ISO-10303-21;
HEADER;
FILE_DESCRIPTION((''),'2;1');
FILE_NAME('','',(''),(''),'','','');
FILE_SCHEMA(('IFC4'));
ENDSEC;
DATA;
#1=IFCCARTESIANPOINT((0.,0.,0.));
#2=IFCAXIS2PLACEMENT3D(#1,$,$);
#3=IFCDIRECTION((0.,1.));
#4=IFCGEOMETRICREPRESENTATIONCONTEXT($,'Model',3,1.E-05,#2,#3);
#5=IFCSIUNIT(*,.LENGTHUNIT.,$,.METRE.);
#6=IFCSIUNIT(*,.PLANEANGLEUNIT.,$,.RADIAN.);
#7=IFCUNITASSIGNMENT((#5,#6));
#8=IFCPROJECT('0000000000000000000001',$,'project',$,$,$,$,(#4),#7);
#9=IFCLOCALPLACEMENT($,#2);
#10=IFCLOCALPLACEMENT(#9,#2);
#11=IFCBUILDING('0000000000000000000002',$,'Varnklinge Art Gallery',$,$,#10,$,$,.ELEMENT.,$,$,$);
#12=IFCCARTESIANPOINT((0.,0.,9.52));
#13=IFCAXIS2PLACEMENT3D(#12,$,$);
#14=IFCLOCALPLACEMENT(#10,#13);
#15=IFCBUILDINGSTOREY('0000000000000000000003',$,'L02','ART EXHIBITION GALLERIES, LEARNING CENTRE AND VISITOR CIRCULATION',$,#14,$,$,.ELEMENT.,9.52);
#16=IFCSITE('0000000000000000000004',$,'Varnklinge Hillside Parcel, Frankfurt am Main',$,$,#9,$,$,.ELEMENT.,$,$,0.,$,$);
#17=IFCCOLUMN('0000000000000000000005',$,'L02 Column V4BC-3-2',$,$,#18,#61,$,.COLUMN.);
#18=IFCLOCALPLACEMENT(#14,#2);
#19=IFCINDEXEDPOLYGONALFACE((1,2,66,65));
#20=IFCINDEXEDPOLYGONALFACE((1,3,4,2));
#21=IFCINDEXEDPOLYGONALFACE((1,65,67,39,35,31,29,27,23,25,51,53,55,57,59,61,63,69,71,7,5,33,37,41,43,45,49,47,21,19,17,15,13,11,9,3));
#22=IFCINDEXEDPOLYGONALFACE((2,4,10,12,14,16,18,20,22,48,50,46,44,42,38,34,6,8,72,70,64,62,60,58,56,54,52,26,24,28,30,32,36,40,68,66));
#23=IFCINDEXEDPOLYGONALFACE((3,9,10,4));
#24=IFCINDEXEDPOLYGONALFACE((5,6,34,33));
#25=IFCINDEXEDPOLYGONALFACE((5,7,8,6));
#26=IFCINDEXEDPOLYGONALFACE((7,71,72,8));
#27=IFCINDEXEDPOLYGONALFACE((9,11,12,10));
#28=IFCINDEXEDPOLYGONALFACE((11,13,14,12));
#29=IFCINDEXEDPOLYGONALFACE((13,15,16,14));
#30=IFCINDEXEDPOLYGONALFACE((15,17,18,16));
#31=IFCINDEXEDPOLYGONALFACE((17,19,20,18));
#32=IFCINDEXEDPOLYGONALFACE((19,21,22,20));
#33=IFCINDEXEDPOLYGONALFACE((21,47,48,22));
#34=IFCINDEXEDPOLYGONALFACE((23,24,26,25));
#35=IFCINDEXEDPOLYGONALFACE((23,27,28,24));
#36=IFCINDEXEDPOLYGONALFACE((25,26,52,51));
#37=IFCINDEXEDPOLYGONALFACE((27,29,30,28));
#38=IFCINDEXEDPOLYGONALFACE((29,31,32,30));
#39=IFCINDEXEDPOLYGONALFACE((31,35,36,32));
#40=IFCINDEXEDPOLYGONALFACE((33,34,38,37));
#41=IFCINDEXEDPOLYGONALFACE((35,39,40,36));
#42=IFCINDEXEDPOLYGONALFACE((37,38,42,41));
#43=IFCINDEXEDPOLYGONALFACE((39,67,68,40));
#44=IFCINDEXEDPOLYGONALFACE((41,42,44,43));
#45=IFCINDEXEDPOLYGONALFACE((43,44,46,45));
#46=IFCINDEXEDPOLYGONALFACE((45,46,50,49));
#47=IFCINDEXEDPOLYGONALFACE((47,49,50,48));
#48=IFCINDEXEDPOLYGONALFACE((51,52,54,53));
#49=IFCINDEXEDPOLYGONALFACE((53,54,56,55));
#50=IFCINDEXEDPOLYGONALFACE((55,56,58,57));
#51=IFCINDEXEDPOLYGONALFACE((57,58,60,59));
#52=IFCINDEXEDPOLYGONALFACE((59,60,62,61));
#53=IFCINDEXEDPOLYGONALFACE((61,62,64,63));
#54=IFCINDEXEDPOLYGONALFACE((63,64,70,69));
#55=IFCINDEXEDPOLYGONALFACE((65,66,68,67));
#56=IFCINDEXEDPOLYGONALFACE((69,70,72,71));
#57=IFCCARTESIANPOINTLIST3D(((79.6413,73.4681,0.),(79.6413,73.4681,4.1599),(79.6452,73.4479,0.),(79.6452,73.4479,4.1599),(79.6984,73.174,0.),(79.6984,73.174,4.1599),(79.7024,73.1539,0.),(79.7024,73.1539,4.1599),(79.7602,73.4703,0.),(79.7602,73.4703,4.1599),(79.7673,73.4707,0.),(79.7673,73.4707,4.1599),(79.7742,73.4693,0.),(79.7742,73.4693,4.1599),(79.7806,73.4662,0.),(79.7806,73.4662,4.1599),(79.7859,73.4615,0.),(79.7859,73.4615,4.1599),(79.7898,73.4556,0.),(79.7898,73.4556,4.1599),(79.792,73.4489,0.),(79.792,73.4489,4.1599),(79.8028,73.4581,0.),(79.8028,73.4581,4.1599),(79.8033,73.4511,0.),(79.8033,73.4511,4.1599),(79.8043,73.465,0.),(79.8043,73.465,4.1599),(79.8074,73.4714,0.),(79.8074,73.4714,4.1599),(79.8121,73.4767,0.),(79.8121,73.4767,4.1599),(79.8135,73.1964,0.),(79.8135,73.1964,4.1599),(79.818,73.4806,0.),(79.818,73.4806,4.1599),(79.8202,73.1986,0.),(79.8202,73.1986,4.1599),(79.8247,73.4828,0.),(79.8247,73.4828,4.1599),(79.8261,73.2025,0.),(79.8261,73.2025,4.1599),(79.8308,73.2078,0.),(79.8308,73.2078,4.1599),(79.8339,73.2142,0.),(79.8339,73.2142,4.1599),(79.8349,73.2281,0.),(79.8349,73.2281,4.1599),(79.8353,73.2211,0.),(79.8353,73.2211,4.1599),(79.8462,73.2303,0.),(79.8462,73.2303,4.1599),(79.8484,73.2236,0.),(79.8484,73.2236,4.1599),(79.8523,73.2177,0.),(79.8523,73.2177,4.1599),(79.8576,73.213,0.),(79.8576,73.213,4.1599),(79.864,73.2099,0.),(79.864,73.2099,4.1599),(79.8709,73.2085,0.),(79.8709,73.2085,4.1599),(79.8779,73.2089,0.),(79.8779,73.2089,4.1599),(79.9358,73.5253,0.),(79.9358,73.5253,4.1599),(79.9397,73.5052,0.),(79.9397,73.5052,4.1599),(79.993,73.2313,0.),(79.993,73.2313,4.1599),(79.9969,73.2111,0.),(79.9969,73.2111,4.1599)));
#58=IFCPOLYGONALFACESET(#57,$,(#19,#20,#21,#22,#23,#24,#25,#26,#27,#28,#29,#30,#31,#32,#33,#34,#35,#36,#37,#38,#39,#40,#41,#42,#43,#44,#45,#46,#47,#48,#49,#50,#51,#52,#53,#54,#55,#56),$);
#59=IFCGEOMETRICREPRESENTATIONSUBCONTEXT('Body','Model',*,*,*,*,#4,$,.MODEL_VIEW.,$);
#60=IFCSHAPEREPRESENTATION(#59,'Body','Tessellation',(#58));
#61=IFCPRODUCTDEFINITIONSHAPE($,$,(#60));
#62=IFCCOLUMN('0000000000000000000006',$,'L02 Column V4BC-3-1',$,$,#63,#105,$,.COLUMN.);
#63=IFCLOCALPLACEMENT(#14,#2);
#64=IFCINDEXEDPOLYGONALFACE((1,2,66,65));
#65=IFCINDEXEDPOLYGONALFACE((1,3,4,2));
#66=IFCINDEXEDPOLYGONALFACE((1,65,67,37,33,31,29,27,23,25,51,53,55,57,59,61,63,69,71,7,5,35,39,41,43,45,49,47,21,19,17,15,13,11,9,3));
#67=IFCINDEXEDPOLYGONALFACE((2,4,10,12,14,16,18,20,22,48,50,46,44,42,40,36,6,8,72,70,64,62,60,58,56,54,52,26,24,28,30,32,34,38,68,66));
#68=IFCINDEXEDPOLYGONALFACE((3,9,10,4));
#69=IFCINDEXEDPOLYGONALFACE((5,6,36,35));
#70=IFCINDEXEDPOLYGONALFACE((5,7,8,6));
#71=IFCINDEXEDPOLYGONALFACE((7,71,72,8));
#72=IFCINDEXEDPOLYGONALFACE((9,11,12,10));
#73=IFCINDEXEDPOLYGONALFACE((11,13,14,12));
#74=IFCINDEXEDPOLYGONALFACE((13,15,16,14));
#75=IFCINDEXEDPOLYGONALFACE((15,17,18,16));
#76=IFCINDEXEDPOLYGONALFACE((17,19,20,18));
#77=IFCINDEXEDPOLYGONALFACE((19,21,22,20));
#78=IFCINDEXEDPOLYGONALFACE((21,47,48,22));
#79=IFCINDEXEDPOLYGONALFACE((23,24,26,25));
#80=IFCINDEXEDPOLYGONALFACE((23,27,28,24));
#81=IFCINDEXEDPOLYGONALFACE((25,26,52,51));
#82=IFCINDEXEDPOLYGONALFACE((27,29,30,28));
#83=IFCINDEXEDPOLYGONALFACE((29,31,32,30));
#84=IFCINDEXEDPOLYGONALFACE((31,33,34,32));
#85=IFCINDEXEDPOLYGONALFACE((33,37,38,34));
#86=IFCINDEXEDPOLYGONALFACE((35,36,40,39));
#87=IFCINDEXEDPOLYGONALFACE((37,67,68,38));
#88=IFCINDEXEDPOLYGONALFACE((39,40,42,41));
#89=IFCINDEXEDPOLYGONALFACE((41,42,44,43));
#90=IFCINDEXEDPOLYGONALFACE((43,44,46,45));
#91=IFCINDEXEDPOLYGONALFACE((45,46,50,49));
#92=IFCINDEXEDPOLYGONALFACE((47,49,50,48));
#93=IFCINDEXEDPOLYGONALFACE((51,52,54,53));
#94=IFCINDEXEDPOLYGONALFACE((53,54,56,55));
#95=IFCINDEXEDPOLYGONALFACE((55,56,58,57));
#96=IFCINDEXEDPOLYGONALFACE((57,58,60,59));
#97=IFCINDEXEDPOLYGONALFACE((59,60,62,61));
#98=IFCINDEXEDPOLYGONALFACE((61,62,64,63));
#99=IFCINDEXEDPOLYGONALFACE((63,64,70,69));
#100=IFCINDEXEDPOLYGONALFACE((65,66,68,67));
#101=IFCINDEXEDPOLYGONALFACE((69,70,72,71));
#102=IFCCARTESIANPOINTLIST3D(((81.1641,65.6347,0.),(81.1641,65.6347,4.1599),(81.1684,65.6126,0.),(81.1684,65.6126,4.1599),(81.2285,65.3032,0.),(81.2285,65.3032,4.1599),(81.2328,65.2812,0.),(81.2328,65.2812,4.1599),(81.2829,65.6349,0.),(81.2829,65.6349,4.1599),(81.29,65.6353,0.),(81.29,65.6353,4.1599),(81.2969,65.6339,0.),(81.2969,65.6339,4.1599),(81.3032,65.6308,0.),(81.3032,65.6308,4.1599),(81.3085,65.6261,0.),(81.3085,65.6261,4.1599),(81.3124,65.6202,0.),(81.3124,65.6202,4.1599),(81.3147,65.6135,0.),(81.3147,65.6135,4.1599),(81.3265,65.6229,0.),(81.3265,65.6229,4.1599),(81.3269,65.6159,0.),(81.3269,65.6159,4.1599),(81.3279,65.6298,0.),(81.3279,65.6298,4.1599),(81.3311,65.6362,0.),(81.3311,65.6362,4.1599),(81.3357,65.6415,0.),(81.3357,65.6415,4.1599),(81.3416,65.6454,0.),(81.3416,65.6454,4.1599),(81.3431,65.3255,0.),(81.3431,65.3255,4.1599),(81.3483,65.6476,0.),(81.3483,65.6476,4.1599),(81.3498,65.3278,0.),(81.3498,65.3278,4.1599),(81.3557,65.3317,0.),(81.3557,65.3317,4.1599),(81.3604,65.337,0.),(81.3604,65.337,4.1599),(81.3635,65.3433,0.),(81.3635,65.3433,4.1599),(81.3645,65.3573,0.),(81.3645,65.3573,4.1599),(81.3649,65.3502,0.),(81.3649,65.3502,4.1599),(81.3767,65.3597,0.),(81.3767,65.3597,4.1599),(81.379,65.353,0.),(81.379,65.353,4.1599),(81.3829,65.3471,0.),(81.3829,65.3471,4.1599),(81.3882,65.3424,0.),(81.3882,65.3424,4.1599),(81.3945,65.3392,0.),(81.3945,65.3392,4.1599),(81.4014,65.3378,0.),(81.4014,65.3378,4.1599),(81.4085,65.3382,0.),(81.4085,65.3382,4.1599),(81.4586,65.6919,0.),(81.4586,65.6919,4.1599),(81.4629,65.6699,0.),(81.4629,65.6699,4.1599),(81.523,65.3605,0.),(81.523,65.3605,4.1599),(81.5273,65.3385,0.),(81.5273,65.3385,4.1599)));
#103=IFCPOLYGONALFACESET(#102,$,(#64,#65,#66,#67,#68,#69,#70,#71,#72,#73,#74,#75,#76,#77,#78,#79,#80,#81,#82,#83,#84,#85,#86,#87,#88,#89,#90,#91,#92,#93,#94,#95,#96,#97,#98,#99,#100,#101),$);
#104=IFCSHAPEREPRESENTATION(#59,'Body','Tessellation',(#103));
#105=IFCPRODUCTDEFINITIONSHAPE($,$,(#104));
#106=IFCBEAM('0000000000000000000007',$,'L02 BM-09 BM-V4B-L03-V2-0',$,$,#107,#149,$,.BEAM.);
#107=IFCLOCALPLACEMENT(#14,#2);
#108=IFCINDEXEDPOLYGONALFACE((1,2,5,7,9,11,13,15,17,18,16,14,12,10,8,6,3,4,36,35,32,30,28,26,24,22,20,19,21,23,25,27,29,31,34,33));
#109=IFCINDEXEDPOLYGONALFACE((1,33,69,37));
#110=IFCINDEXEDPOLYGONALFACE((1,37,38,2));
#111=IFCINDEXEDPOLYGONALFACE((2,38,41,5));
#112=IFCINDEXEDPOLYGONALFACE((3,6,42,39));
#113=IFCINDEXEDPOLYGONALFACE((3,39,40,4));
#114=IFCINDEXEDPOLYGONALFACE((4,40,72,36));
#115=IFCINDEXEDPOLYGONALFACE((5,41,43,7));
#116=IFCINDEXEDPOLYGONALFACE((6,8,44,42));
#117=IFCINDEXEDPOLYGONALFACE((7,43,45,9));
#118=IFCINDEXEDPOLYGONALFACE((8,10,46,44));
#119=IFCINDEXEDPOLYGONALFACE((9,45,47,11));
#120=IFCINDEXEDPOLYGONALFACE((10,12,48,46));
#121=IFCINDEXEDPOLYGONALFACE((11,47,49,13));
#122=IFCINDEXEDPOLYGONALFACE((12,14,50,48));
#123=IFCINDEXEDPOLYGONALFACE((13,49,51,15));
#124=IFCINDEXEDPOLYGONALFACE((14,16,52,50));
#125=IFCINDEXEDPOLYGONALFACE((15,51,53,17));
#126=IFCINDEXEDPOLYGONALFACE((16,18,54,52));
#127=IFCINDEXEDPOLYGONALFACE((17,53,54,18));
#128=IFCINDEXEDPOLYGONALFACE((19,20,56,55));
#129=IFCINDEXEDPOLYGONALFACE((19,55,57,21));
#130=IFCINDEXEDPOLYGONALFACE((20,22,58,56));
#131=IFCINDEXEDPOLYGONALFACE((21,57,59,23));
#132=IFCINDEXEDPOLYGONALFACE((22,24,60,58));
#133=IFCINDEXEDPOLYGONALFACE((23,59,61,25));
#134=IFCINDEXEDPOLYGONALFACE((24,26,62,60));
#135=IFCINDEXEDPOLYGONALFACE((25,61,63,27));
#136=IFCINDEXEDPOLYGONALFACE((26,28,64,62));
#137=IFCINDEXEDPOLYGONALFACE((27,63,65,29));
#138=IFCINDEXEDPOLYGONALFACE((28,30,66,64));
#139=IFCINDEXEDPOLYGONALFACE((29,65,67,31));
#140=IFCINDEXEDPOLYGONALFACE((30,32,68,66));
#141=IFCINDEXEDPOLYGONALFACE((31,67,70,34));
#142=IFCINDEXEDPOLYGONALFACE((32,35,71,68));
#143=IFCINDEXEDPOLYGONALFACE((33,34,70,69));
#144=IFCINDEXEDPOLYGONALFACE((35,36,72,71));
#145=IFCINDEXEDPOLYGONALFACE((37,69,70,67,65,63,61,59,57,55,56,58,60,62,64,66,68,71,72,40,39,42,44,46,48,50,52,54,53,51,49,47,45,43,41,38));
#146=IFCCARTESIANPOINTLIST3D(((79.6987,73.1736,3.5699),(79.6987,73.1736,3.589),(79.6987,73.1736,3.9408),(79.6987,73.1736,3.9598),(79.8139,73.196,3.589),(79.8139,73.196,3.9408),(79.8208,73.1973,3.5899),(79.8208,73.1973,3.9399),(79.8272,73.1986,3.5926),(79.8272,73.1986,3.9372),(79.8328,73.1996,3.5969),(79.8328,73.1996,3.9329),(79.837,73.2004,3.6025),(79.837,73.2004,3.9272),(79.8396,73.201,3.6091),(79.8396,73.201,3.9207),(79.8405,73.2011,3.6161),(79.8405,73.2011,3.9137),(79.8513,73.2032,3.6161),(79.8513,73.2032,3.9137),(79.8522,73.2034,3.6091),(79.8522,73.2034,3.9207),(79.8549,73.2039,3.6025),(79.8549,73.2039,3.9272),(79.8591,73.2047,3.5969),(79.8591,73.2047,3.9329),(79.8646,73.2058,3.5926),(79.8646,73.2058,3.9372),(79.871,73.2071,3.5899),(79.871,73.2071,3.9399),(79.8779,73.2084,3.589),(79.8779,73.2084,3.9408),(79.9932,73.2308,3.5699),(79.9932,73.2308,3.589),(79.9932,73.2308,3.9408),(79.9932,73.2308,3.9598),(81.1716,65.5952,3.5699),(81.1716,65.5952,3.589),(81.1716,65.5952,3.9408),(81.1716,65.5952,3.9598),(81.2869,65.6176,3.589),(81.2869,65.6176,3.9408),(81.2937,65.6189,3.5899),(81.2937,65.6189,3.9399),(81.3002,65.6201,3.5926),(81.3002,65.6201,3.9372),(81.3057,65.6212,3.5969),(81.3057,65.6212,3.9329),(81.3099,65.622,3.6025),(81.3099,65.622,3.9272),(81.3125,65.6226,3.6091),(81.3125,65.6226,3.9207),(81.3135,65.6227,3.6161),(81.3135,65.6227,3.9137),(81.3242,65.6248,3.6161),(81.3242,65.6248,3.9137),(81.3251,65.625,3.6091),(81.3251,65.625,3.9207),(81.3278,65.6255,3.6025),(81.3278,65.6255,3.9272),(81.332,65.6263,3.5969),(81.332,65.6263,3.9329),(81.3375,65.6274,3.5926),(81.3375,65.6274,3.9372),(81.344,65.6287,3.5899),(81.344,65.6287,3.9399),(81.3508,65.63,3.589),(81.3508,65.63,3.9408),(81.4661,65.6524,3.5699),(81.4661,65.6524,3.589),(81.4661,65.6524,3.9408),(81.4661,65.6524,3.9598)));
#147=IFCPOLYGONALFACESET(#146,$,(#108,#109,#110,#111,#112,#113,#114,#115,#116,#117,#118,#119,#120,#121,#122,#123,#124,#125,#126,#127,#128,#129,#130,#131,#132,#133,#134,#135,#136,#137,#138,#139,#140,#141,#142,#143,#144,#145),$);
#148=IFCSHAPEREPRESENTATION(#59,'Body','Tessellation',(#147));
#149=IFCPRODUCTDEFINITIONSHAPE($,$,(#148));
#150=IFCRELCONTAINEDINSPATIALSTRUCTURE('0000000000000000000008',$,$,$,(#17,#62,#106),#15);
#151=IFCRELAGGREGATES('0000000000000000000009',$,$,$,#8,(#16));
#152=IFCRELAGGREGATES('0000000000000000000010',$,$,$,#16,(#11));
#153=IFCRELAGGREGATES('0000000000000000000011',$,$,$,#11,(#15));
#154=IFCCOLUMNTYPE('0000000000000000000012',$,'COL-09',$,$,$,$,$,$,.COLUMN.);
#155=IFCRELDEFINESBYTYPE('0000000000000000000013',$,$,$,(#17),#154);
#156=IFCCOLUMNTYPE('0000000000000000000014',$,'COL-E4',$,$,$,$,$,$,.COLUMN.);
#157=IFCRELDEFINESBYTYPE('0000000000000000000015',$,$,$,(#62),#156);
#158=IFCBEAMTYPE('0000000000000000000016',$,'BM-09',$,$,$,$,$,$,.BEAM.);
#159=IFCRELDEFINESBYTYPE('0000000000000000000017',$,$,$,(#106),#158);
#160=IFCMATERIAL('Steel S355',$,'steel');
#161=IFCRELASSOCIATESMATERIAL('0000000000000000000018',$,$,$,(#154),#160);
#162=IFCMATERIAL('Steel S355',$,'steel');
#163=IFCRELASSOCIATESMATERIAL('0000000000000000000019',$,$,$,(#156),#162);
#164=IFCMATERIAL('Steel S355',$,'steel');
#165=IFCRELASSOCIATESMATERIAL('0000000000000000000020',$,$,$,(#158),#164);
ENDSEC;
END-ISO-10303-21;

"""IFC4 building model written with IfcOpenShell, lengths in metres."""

from ifc_helpers import new_model, si_unit, direction, frame, origin, origin_2d, place, context, subcontext, project, spatial, i_section, extrude, material, material_profile, profile_set, type_object, element, save


model = new_model("IFC4")

# Units and contexts
model_context = context("Model", 3, precision=1e-05, world=origin(), true_north=direction((0.0, 1.0)))
body_context = subcontext(model_context, "Body", "Model", "MODEL_VIEW")
ifc_project = project(units=[si_unit("LENGTHUNIT", "METRE"), si_unit("PLANEANGLEUNIT", "RADIAN")], contexts=[model_context])

# Site, building, storey
site_placement = place(None, origin())
site = spatial("IfcSite", under=ifc_project, at=site_placement, Name="Varnklinge Hillside Parcel, Frankfurt am Main", CompositionType="ELEMENT", RefElevation=0.0)
building_placement = place(site_placement, origin())
building = spatial("IfcBuilding", under=site, at=building_placement, Name="Varnklinge Art Gallery", CompositionType="ELEMENT")
storey_placement = place(building_placement, frame((0.0, 0.0, 9.52)))
storey = spatial("IfcBuildingStorey", under=building, at=storey_placement, Name="L02", Description="ART EXHIBITION GALLERIES, LEARNING CENTRE AND VISITOR CIRCULATION", CompositionType="ELEMENT", Elevation=9.52)

# Columns
ifc_material_1 = material(Name="Steel S355", Category="steel")
ifc_material_profile_1 = material_profile(ifc_material_1, i_section(OverallWidth=0.3, OverallDepth=0.3201, WebThickness=0.0115, FlangeThickness=0.0205, FilletRadius=0.0271, at=origin_2d()), Name="HEB 320")
ifc_profile_set_1 = profile_set([ifc_material_profile_1], Name="Steel S355")
column_type_1 = type_object("IfcColumnType", Name="COL-09", PredefinedType="COLUMN", material=ifc_profile_set_1)
column_1_placement = place(storey_placement, frame((79.8191, 73.3396, 0.0), z_axis=(0.0, 0.0, 1.0), x_axis=(0.981627, 0.190809, 0.0)))
element("IfcColumn", 1, at=column_1_placement, inside=storey, type_object=column_type_1, Name="L02 Column V4BC-3-2", PredefinedType="COLUMN", context=body_context, shape_type="SweptSolid", body=[
    extrude(i_section(OverallWidth=0.3, OverallDepth=0.3201, WebThickness=0.0115, FlangeThickness=0.0205, FilletRadius=0.0271, at=origin_2d()), origin(), (0.0, 0.0, 1.0), 4.1599),
])
ifc_material_2 = material(Name="Steel S355", Category="steel")
ifc_material_profile_2 = material_profile(ifc_material_2, i_section(OverallWidth=0.3, OverallDepth=0.3601, WebThickness=0.0125, FlangeThickness=0.0225, FilletRadius=0.0271, at=origin_2d()), Name="HEB 360")
ifc_profile_set_2 = profile_set([ifc_material_profile_2], Name="Steel S355")
column_type_2 = type_object("IfcColumnType", Name="COL-E4", PredefinedType="COLUMN", material=ifc_profile_set_2)
column_2_placement = place(storey_placement, frame((81.3457, 65.4866, 0.0), z_axis=(0.0, 0.0, 1.0), x_axis=(0.981627, 0.190809, 0.0)))
element("IfcColumn", 2, at=column_2_placement, inside=storey, type_object=column_type_2, Name="L02 Column V4BC-3-1", PredefinedType="COLUMN", context=body_context, shape_type="SweptSolid", body=[
    extrude(i_section(OverallWidth=0.3, OverallDepth=0.3601, WebThickness=0.0125, FlangeThickness=0.0225, FilletRadius=0.0271, at=origin_2d()), origin(), (0.0, 0.0, 1.0), 4.1599),
])

# Beam
ifc_material_3 = material(Name="Steel S355", Category="steel")
ifc_material_profile_3 = material_profile(ifc_material_3, i_section(OverallWidth=0.3, OverallDepth=0.3899, WebThickness=0.011, FlangeThickness=0.019, FilletRadius=0.0271, at=origin_2d()), Name="HEA 400")
ifc_profile_set_3 = profile_set([ifc_material_profile_3], Name="Steel S355")
beam_type_1 = type_object("IfcBeamType", Name="BM-09", PredefinedType="BEAM", material=ifc_profile_set_3)
beam_1_placement = place(storey_placement, frame((81.3188, 65.6238, 3.7649), z_axis=(-0.190786, 0.981632, 0.0), x_axis=(-0.981632, -0.190786, 0.0)))
element("IfcBeam", 3, at=beam_1_placement, inside=storey, type_object=beam_type_1, Name="L02 BM-09 BM-V4B-L03-V2-0", PredefinedType="BEAM", context=body_context, shape_type="SweptSolid", body=[
    extrude(i_section(OverallWidth=0.3, OverallDepth=0.3899, WebThickness=0.011, FlangeThickness=0.019, FilletRadius=0.0271, at=origin_2d()), origin(), (0.0, 0.0, 1.0), 7.7202),
])

save(model, "model.ifc")
